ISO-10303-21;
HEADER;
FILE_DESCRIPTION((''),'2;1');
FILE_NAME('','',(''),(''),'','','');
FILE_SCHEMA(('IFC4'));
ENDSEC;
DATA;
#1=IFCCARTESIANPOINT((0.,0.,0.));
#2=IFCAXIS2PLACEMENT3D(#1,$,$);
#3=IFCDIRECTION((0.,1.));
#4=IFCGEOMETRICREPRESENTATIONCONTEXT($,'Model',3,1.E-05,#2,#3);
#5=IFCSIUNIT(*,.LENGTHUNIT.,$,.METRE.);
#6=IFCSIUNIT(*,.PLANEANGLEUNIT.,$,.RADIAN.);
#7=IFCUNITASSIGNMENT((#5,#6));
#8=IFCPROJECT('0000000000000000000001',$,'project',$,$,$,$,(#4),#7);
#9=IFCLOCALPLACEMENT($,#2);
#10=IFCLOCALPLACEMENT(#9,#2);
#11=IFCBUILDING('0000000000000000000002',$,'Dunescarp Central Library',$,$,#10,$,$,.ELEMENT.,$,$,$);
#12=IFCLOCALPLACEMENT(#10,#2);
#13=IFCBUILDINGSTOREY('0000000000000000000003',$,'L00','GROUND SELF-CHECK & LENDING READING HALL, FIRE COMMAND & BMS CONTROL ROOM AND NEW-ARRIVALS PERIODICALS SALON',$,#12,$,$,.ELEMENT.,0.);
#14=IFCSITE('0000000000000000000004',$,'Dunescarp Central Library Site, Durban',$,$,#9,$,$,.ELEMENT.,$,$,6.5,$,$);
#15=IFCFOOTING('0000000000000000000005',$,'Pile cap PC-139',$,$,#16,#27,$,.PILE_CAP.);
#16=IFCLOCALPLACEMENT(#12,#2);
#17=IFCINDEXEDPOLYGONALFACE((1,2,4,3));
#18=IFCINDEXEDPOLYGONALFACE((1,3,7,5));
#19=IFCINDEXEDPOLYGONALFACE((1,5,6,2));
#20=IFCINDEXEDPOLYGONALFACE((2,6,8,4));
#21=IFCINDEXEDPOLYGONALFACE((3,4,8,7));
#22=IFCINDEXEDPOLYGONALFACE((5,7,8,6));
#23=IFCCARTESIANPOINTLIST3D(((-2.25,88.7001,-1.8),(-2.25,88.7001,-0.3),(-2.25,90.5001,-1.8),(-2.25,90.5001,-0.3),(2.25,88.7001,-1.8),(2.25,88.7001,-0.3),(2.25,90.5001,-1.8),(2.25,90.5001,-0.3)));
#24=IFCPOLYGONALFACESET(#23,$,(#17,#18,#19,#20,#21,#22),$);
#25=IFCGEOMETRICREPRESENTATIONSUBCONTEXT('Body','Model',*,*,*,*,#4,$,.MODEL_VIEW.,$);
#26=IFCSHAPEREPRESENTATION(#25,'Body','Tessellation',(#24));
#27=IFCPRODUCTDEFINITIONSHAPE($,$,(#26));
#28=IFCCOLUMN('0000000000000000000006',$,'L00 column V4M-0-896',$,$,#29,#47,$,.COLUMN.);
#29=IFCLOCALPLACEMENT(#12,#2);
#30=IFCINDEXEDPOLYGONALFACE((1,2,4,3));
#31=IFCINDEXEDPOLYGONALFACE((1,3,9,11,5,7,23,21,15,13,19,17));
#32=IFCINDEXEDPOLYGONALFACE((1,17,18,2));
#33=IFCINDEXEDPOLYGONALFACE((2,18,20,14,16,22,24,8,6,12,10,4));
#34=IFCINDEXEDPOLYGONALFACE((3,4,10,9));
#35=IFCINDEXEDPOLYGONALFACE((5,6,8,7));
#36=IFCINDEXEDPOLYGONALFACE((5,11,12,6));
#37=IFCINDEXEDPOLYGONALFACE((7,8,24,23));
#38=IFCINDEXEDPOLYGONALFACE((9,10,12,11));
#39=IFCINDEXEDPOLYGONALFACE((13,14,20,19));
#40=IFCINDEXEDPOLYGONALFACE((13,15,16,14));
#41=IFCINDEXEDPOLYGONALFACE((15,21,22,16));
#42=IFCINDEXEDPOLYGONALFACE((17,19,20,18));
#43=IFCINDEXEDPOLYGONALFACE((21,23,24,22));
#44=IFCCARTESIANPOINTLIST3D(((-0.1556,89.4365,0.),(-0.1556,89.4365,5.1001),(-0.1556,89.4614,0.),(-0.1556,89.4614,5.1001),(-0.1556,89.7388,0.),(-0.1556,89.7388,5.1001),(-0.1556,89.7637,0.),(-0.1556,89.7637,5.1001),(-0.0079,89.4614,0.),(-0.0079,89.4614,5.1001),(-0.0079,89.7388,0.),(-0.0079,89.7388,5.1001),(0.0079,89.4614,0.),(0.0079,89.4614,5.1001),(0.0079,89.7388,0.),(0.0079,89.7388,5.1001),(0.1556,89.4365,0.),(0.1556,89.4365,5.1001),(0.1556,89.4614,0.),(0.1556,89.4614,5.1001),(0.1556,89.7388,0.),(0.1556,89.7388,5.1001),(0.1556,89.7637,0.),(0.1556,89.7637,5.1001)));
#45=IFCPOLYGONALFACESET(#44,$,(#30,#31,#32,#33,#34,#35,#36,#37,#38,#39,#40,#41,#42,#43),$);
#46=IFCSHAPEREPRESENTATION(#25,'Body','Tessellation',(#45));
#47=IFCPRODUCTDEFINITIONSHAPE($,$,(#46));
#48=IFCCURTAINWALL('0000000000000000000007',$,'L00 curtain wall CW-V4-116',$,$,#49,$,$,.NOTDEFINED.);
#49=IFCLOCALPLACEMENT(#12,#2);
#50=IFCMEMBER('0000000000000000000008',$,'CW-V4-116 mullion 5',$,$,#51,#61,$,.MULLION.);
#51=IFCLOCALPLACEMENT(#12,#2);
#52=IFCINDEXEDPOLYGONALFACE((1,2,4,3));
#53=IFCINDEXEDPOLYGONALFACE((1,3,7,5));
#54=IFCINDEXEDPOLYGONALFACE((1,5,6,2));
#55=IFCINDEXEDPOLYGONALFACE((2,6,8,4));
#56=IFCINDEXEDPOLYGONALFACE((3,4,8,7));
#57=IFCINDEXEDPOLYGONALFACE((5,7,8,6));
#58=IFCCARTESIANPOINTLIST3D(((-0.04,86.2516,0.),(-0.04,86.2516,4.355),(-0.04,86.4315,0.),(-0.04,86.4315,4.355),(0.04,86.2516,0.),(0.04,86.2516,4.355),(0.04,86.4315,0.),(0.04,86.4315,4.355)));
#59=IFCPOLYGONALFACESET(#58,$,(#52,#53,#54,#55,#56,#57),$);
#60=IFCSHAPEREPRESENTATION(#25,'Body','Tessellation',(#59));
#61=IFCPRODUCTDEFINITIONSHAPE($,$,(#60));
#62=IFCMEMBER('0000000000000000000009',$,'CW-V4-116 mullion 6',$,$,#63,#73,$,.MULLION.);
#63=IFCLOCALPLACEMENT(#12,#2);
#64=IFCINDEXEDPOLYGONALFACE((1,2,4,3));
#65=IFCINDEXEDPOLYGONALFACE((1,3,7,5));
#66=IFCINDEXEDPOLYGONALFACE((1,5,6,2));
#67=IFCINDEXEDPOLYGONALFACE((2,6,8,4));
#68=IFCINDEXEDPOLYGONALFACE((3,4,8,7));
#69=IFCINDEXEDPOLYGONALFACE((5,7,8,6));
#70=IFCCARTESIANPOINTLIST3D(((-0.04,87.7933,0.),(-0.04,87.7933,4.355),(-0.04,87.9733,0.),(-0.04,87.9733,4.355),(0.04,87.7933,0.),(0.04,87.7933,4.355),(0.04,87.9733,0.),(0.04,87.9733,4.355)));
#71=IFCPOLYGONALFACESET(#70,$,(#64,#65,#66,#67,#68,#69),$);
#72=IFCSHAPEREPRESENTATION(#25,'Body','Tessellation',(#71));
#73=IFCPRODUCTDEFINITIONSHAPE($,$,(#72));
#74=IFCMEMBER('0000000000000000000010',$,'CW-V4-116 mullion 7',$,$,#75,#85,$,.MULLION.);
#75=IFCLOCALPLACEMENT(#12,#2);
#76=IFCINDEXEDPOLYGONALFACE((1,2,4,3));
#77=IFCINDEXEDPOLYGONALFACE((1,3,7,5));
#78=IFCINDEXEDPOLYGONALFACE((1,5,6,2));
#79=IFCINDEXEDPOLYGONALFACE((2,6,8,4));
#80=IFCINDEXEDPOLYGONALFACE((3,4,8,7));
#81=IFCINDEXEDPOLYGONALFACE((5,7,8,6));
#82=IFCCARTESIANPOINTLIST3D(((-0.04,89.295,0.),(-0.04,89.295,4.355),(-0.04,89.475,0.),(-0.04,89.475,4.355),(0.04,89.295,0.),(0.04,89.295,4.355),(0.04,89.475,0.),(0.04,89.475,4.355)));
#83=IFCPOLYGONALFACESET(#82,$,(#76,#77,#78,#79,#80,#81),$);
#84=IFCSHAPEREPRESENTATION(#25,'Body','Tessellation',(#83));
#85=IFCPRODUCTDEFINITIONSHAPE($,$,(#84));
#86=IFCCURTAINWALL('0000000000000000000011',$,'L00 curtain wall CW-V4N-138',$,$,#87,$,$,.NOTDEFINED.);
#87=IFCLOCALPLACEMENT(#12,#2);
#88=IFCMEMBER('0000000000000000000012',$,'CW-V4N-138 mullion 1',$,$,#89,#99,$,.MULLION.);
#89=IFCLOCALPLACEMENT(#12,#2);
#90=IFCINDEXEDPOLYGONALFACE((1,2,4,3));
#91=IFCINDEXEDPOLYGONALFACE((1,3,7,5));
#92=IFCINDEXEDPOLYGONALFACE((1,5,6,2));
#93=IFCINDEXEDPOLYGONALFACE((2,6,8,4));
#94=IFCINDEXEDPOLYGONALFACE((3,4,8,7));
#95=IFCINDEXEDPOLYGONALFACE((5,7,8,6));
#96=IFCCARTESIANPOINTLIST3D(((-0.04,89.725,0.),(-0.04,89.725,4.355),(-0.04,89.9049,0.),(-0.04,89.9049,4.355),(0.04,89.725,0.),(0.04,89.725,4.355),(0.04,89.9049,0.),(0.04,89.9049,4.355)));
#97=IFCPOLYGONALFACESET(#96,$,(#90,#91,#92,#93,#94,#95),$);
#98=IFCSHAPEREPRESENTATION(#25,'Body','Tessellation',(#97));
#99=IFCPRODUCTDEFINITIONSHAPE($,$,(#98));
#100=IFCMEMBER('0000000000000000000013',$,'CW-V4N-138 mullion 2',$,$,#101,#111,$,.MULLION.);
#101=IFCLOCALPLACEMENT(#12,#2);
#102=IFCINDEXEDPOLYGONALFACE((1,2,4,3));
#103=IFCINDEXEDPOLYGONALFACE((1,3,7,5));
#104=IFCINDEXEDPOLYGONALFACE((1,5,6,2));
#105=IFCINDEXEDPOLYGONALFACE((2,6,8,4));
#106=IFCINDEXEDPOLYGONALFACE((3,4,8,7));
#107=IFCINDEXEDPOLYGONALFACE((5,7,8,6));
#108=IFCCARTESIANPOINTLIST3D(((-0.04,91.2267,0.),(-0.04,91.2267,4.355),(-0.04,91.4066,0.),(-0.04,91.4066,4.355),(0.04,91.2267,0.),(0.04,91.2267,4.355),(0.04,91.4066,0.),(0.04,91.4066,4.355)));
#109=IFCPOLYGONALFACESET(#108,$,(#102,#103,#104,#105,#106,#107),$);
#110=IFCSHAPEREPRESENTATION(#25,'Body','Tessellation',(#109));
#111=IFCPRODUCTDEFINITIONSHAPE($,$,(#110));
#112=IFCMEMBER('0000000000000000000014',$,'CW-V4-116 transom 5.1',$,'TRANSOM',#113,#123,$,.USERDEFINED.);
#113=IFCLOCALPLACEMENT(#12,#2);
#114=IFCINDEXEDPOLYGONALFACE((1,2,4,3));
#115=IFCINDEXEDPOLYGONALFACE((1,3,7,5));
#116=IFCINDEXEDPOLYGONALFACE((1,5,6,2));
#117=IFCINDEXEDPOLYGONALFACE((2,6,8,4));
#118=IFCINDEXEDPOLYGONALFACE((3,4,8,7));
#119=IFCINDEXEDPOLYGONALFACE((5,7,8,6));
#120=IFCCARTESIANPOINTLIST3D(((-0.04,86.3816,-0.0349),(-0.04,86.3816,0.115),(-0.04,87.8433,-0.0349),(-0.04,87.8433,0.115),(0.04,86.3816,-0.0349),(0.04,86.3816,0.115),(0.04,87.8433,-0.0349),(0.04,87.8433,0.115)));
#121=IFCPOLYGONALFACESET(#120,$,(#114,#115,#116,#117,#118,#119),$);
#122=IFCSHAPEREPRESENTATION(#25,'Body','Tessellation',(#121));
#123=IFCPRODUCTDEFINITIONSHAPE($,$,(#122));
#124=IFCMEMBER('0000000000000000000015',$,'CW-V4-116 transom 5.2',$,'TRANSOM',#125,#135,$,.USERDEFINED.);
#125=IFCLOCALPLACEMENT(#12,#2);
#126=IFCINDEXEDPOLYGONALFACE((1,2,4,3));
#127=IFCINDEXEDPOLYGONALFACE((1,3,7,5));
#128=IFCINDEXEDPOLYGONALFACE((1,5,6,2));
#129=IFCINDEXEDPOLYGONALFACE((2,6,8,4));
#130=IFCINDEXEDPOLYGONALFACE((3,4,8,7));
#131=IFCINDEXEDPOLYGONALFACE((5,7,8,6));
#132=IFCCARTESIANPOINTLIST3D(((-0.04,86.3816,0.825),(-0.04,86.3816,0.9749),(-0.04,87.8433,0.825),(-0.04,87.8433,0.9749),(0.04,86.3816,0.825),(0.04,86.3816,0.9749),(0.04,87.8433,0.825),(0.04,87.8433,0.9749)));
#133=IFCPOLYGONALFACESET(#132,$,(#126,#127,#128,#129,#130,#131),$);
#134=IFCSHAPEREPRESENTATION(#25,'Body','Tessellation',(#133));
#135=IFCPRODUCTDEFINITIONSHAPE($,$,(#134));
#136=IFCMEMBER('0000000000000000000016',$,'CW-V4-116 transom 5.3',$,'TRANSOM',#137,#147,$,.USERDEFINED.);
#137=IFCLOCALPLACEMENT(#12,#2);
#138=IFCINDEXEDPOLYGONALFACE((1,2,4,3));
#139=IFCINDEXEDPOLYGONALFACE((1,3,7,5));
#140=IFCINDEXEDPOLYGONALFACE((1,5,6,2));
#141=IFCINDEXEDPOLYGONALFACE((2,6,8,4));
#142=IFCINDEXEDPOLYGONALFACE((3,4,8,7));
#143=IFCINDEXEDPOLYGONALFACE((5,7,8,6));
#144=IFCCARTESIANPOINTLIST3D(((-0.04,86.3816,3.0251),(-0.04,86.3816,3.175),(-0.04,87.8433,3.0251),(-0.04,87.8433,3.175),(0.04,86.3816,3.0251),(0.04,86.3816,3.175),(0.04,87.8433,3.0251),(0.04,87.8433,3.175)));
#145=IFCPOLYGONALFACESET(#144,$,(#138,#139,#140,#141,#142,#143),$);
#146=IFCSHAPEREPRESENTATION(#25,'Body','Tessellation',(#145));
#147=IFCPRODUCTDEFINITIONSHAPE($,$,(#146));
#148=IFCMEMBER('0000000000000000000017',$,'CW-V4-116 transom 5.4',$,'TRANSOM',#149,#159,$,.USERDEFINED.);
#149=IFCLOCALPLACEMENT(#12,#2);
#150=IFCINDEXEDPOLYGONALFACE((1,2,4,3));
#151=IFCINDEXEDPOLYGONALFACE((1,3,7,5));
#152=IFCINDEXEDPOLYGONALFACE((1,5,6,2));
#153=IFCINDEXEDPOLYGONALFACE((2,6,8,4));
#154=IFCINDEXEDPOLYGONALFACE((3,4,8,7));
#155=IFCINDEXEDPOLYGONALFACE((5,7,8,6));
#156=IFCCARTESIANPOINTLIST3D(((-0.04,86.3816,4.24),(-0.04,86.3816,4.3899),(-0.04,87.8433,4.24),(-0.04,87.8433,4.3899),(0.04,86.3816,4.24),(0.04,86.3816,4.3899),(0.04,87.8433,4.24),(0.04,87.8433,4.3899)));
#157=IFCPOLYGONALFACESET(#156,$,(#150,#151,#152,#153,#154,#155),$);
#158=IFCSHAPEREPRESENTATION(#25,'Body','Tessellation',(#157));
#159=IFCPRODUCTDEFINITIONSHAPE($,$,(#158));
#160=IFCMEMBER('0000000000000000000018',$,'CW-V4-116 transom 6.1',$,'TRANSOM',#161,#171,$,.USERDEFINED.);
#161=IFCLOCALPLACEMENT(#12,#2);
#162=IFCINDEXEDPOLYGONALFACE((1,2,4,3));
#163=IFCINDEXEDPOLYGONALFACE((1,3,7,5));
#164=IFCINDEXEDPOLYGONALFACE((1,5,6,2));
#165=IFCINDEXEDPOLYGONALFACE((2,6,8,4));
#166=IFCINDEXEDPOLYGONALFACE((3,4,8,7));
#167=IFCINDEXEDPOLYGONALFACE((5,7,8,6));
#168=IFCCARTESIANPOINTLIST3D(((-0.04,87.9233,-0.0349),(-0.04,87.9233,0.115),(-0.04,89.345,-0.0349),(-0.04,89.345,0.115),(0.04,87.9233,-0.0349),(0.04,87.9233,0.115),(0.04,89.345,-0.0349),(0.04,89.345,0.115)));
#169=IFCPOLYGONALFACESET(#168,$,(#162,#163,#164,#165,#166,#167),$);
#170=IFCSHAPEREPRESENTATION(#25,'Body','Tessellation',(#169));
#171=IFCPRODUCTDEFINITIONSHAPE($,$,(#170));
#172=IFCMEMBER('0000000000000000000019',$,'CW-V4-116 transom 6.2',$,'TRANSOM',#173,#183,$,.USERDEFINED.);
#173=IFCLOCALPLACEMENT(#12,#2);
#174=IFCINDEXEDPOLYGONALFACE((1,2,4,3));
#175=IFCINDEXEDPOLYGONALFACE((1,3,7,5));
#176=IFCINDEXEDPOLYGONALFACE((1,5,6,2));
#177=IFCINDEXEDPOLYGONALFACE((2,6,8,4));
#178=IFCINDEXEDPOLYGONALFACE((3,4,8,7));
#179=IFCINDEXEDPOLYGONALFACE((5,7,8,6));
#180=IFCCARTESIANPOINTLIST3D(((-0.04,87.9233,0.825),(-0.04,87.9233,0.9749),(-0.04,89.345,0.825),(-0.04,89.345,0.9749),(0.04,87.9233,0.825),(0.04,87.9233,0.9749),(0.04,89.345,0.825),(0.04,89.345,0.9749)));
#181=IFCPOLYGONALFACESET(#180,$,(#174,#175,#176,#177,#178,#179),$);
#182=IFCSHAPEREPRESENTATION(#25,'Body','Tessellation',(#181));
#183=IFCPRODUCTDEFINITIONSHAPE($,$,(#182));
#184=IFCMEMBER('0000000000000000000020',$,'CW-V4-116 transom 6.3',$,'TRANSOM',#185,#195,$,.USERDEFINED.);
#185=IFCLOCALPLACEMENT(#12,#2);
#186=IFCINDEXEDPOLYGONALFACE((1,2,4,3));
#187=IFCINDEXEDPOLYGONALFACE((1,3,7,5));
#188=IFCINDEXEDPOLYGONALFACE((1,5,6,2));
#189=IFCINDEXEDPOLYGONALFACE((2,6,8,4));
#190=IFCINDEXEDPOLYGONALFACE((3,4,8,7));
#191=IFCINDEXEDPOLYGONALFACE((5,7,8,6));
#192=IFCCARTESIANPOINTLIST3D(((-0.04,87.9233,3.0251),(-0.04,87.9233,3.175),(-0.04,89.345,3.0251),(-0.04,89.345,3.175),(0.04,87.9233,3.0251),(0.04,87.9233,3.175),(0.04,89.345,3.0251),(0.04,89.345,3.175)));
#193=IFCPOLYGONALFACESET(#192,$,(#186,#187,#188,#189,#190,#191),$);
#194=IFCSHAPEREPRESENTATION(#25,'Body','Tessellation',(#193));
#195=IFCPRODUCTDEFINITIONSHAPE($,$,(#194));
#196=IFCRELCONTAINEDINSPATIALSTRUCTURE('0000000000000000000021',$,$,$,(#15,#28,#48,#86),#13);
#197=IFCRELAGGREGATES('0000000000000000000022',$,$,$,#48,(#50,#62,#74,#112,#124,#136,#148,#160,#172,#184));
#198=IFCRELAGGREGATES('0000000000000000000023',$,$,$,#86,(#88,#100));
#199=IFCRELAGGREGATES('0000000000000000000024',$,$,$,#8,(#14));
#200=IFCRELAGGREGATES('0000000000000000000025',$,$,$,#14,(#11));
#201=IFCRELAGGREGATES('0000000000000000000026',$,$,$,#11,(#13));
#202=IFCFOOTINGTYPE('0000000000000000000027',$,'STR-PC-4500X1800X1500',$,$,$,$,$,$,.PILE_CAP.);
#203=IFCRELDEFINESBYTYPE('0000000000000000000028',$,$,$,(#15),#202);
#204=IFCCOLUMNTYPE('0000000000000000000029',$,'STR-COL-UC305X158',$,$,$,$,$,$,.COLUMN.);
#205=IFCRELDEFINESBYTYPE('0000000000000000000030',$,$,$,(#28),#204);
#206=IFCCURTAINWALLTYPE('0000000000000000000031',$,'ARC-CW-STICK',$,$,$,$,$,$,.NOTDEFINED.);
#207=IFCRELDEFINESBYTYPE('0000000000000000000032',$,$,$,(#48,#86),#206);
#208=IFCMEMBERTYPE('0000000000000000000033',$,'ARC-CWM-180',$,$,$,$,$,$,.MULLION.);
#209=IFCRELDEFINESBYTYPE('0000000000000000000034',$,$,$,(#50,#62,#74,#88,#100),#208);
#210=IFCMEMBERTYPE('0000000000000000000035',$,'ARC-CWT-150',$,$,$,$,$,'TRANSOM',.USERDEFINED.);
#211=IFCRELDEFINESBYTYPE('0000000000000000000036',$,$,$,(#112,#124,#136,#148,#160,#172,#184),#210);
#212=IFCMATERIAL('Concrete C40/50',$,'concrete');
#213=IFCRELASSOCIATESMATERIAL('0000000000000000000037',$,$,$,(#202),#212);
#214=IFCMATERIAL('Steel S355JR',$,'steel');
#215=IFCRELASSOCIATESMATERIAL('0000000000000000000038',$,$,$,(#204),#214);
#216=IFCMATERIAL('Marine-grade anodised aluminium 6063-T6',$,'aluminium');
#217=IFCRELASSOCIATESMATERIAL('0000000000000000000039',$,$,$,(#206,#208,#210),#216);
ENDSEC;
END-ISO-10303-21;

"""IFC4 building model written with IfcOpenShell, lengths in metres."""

from ifc_helpers import new_model, si_unit, direction, frame, origin, origin_2d, place, context, subcontext, project, spatial, rectangle, i_section, extrude, material, material_profile, profile_set, type_object, element, aggregate, save


model = new_model("IFC4")

# Units and contexts
model_context = context("Model", 3, precision=1e-05, world=origin(), true_north=direction((0.0, 1.0)))
body_context = subcontext(model_context, "Body", "Model", "MODEL_VIEW")
ifc_project = project(units=[si_unit("LENGTHUNIT", "METRE"), si_unit("PLANEANGLEUNIT", "RADIAN")], contexts=[model_context])

# Site, building, storey
site_placement = place(None, origin())
site = spatial("IfcSite", under=ifc_project, at=site_placement, Name="Dunescarp Central Library Site, Durban", CompositionType="ELEMENT", RefElevation=6.5)
building_placement = place(site_placement, origin())
building = spatial("IfcBuilding", under=site, at=building_placement, Name="Dunescarp Central Library", CompositionType="ELEMENT")
storey_placement = place(building_placement, origin())
storey = spatial("IfcBuildingStorey", under=building, at=storey_placement, Name="L00", Description="GROUND SELF-CHECK & LENDING READING HALL, FIRE COMMAND & BMS CONTROL ROOM AND NEW-ARRIVALS PERIODICALS SALON", CompositionType="ELEMENT", Elevation=0.0)

# Footing
ifc_material_1 = material(Name="Concrete C40/50", Category="concrete")
footing_type = type_object("IfcFootingType", Name="STR-PC-4500X1800X1500", PredefinedType="PILE_CAP", material=ifc_material_1)
footing_placement = place(storey_placement, frame((0.0, 89.6001, -1.8), z_axis=(0.0, 0.0, 1.0), x_axis=(1.0, 0.0, 0.0)))
element("IfcFooting", 1, at=footing_placement, inside=storey, type_object=footing_type, Name="Pile cap PC-139", PredefinedType="PILE_CAP", context=body_context, shape_type="SweptSolid", body=[
    extrude(rectangle(XDim=4.5, YDim=1.8, at=origin_2d()), origin(), (0.0, 0.0, 1.0), 1.5),
])

# Column
ifc_material_2 = material(Name="Steel S355JR", Category="steel")
ifc_material_profile_1 = material_profile(ifc_material_2, i_section(OverallWidth=0.3113, OverallDepth=0.3271, WebThickness=0.0159, FlangeThickness=0.0249, at=origin_2d()), Name="UC 305x305x158")
ifc_profile_set_1 = profile_set([ifc_material_profile_1], Name="Steel S355JR")
column_type = type_object("IfcColumnType", Name="STR-COL-UC305X158", PredefinedType="COLUMN", material=ifc_profile_set_1)
column_placement = place(storey_placement, frame((0.0, 89.6001, 0.0), z_axis=(0.0, 0.0, 1.0), x_axis=(1.0, 0.0, 0.0)))
element("IfcColumn", 2, at=column_placement, inside=storey, type_object=column_type, Name="L00 column V4M-0-896", PredefinedType="COLUMN", context=body_context, shape_type="SweptSolid", body=[
    extrude(i_section(OverallWidth=0.3113, OverallDepth=0.3271, WebThickness=0.0159, FlangeThickness=0.0249, at=origin_2d()), origin(), (0.0, 0.0, 1.0), 5.1001),
])

# Curtain walls, members
ifc_material_3 = material(Name="Marine-grade anodised aluminium 6063-T6", Category="aluminium")
curtain_wall_type = type_object("IfcCurtainWallType", Name="ARC-CW-STICK", PredefinedType="NOTDEFINED", material=ifc_material_3)
curtain_wall_1_placement = place(storey_placement, origin())
curtain_wall_1 = element("IfcCurtainWall", 3, at=curtain_wall_1_placement, inside=storey, type_object=curtain_wall_type, Name="L00 curtain wall CW-V4-116", PredefinedType="NOTDEFINED")
ifc_material_profile_2 = material_profile(ifc_material_3, rectangle(XDim=0.0801, YDim=0.1799, at=origin_2d()), Name="AL 80x180")
ifc_profile_set_2 = profile_set([ifc_material_profile_2], Name="Marine-grade anodised aluminium 6063-T6")
member_type_1 = type_object("IfcMemberType", Name="ARC-CWM-180", PredefinedType="MULLION", material=ifc_profile_set_2)
member_1_placement = place(storey_placement, frame((0.0, 86.3416, 0.0), z_axis=(0.0, 0.0, 1.0), x_axis=(-1.0, 0.0, 0.0)))
member_1 = element("IfcMember", 4, at=member_1_placement, type_object=member_type_1, Name="CW-V4-116 mullion 5", PredefinedType="MULLION", context=body_context, shape_type="SweptSolid", body=[
    extrude(rectangle(XDim=0.0801, YDim=0.1799, at=origin_2d()), origin(), (0.0, 0.0, 1.0), 4.355),
])
member_2_placement = place(storey_placement, frame((0.0, 87.8833, 0.0), z_axis=(0.0, 0.0, 1.0), x_axis=(-1.0, 0.0, 0.0)))
member_2 = element("IfcMember", 5, at=member_2_placement, type_object=member_type_1, Name="CW-V4-116 mullion 6", PredefinedType="MULLION", context=body_context, shape_type="SweptSolid", body=[
    extrude(rectangle(XDim=0.0801, YDim=0.1799, at=origin_2d()), origin(), (0.0, 0.0, 1.0), 4.355),
])
member_3_placement = place(storey_placement, frame((0.0, 89.385, 0.0), z_axis=(0.0, 0.0, 1.0), x_axis=(-1.0, 0.0, 0.0)))
member_3 = element("IfcMember", 6, at=member_3_placement, type_object=member_type_1, Name="CW-V4-116 mullion 7", PredefinedType="MULLION", context=body_context, shape_type="SweptSolid", body=[
    extrude(rectangle(XDim=0.0801, YDim=0.1799, at=origin_2d()), origin(), (0.0, 0.0, 1.0), 4.355),
])
curtain_wall_2_placement = place(storey_placement, origin())
curtain_wall_2 = element("IfcCurtainWall", 7, at=curtain_wall_2_placement, inside=storey, type_object=curtain_wall_type, Name="L00 curtain wall CW-V4N-138", PredefinedType="NOTDEFINED")
member_4_placement = place(storey_placement, frame((0.0, 89.8149, 0.0), z_axis=(0.0, 0.0, 1.0), x_axis=(-1.0, 0.0, 0.0)))
member_4 = element("IfcMember", 8, at=member_4_placement, type_object=member_type_1, Name="CW-V4N-138 mullion 1", PredefinedType="MULLION", context=body_context, shape_type="SweptSolid", body=[
    extrude(rectangle(XDim=0.0801, YDim=0.1799, at=origin_2d()), origin(), (0.0, 0.0, 1.0), 4.355),
])
member_5_placement = place(storey_placement, frame((0.0, 91.3167, 0.0), z_axis=(0.0, 0.0, 1.0), x_axis=(-1.0, 0.0, 0.0)))
member_5 = element("IfcMember", 9, at=member_5_placement, type_object=member_type_1, Name="CW-V4N-138 mullion 2", PredefinedType="MULLION", context=body_context, shape_type="SweptSolid", body=[
    extrude(rectangle(XDim=0.0801, YDim=0.1799, at=origin_2d()), origin(), (0.0, 0.0, 1.0), 4.355),
])

# Members
ifc_material_profile_3 = material_profile(ifc_material_3, rectangle(XDim=0.0801, YDim=0.1499, at=origin_2d()), Name="AL 80x150")
ifc_profile_set_3 = profile_set([ifc_material_profile_3], Name="Marine-grade anodised aluminium 6063-T6")
member_type_2 = type_object("IfcMemberType", Name="ARC-CWT-150", ElementType="TRANSOM", PredefinedType="USERDEFINED", material=ifc_profile_set_3)
member_6_placement = place(storey_placement, frame((0.0, 86.3816, 0.04), z_axis=(0.0, 1.0, 0.0), x_axis=(-1.0, 0.0, 0.0)))
member_6 = element("IfcMember", 10, at=member_6_placement, type_object=member_type_2, Name="CW-V4-116 transom 5.1", ObjectType="TRANSOM", PredefinedType="USERDEFINED", context=body_context, shape_type="SweptSolid", body=[
    extrude(rectangle(XDim=0.0801, YDim=0.1499, at=origin_2d()), origin(), (0.0, 0.0, 1.0), 1.4617),
])
member_7_placement = place(storey_placement, frame((0.0, 86.3816, 0.8999), z_axis=(0.0, 1.0, 0.0), x_axis=(-1.0, 0.0, 0.0)))
member_7 = element("IfcMember", 11, at=member_7_placement, type_object=member_type_2, Name="CW-V4-116 transom 5.2", ObjectType="TRANSOM", PredefinedType="USERDEFINED", context=body_context, shape_type="SweptSolid", body=[
    extrude(rectangle(XDim=0.0801, YDim=0.1499, at=origin_2d()), origin(), (0.0, 0.0, 1.0), 1.4617),
])
member_8_placement = place(storey_placement, frame((0.0, 86.3816, 3.1001), z_axis=(0.0, 1.0, 0.0), x_axis=(-1.0, 0.0, 0.0)))
member_8 = element("IfcMember", 12, at=member_8_placement, type_object=member_type_2, Name="CW-V4-116 transom 5.3", ObjectType="TRANSOM", PredefinedType="USERDEFINED", context=body_context, shape_type="SweptSolid", body=[
    extrude(rectangle(XDim=0.0801, YDim=0.1499, at=origin_2d()), origin(), (0.0, 0.0, 1.0), 1.4617),
])
member_9_placement = place(storey_placement, frame((0.0, 86.3816, 4.3149), z_axis=(0.0, 1.0, 0.0), x_axis=(-1.0, 0.0, 0.0)))
member_9 = element("IfcMember", 13, at=member_9_placement, type_object=member_type_2, Name="CW-V4-116 transom 5.4", ObjectType="TRANSOM", PredefinedType="USERDEFINED", context=body_context, shape_type="SweptSolid", body=[
    extrude(rectangle(XDim=0.0801, YDim=0.1499, at=origin_2d()), origin(), (0.0, 0.0, 1.0), 1.4617),
])
member_10_placement = place(storey_placement, frame((0.0, 87.9233, 0.04), z_axis=(0.0, 1.0, 0.0), x_axis=(-1.0, 0.0, 0.0)))
member_10 = element("IfcMember", 14, at=member_10_placement, type_object=member_type_2, Name="CW-V4-116 transom 6.1", ObjectType="TRANSOM", PredefinedType="USERDEFINED", context=body_context, shape_type="SweptSolid", body=[
    extrude(rectangle(XDim=0.0801, YDim=0.1499, at=origin_2d()), origin(), (0.0, 0.0, 1.0), 1.4216),
])
member_11_placement = place(storey_placement, frame((0.0, 87.9233, 0.8999), z_axis=(0.0, 1.0, 0.0), x_axis=(-1.0, 0.0, 0.0)))
member_11 = element("IfcMember", 15, at=member_11_placement, type_object=member_type_2, Name="CW-V4-116 transom 6.2", ObjectType="TRANSOM", PredefinedType="USERDEFINED", context=body_context, shape_type="SweptSolid", body=[
    extrude(rectangle(XDim=0.0801, YDim=0.1499, at=origin_2d()), origin(), (0.0, 0.0, 1.0), 1.4216),
])
member_12_placement = place(storey_placement, frame((0.0, 87.9233, 3.1001), z_axis=(0.0, 1.0, 0.0), x_axis=(-1.0, 0.0, 0.0)))
member_12 = element("IfcMember", 16, at=member_12_placement, type_object=member_type_2, Name="CW-V4-116 transom 6.3", ObjectType="TRANSOM", PredefinedType="USERDEFINED", context=body_context, shape_type="SweptSolid", body=[
    extrude(rectangle(XDim=0.0801, YDim=0.1499, at=origin_2d()), origin(), (0.0, 0.0, 1.0), 1.4216),
])

aggregate(curtain_wall_1, [member_1, member_2, member_3, member_6, member_7, member_8, member_9, member_10, member_11, member_12])
aggregate(curtain_wall_2, [member_4, member_5])

save(model, "model.ifc")
